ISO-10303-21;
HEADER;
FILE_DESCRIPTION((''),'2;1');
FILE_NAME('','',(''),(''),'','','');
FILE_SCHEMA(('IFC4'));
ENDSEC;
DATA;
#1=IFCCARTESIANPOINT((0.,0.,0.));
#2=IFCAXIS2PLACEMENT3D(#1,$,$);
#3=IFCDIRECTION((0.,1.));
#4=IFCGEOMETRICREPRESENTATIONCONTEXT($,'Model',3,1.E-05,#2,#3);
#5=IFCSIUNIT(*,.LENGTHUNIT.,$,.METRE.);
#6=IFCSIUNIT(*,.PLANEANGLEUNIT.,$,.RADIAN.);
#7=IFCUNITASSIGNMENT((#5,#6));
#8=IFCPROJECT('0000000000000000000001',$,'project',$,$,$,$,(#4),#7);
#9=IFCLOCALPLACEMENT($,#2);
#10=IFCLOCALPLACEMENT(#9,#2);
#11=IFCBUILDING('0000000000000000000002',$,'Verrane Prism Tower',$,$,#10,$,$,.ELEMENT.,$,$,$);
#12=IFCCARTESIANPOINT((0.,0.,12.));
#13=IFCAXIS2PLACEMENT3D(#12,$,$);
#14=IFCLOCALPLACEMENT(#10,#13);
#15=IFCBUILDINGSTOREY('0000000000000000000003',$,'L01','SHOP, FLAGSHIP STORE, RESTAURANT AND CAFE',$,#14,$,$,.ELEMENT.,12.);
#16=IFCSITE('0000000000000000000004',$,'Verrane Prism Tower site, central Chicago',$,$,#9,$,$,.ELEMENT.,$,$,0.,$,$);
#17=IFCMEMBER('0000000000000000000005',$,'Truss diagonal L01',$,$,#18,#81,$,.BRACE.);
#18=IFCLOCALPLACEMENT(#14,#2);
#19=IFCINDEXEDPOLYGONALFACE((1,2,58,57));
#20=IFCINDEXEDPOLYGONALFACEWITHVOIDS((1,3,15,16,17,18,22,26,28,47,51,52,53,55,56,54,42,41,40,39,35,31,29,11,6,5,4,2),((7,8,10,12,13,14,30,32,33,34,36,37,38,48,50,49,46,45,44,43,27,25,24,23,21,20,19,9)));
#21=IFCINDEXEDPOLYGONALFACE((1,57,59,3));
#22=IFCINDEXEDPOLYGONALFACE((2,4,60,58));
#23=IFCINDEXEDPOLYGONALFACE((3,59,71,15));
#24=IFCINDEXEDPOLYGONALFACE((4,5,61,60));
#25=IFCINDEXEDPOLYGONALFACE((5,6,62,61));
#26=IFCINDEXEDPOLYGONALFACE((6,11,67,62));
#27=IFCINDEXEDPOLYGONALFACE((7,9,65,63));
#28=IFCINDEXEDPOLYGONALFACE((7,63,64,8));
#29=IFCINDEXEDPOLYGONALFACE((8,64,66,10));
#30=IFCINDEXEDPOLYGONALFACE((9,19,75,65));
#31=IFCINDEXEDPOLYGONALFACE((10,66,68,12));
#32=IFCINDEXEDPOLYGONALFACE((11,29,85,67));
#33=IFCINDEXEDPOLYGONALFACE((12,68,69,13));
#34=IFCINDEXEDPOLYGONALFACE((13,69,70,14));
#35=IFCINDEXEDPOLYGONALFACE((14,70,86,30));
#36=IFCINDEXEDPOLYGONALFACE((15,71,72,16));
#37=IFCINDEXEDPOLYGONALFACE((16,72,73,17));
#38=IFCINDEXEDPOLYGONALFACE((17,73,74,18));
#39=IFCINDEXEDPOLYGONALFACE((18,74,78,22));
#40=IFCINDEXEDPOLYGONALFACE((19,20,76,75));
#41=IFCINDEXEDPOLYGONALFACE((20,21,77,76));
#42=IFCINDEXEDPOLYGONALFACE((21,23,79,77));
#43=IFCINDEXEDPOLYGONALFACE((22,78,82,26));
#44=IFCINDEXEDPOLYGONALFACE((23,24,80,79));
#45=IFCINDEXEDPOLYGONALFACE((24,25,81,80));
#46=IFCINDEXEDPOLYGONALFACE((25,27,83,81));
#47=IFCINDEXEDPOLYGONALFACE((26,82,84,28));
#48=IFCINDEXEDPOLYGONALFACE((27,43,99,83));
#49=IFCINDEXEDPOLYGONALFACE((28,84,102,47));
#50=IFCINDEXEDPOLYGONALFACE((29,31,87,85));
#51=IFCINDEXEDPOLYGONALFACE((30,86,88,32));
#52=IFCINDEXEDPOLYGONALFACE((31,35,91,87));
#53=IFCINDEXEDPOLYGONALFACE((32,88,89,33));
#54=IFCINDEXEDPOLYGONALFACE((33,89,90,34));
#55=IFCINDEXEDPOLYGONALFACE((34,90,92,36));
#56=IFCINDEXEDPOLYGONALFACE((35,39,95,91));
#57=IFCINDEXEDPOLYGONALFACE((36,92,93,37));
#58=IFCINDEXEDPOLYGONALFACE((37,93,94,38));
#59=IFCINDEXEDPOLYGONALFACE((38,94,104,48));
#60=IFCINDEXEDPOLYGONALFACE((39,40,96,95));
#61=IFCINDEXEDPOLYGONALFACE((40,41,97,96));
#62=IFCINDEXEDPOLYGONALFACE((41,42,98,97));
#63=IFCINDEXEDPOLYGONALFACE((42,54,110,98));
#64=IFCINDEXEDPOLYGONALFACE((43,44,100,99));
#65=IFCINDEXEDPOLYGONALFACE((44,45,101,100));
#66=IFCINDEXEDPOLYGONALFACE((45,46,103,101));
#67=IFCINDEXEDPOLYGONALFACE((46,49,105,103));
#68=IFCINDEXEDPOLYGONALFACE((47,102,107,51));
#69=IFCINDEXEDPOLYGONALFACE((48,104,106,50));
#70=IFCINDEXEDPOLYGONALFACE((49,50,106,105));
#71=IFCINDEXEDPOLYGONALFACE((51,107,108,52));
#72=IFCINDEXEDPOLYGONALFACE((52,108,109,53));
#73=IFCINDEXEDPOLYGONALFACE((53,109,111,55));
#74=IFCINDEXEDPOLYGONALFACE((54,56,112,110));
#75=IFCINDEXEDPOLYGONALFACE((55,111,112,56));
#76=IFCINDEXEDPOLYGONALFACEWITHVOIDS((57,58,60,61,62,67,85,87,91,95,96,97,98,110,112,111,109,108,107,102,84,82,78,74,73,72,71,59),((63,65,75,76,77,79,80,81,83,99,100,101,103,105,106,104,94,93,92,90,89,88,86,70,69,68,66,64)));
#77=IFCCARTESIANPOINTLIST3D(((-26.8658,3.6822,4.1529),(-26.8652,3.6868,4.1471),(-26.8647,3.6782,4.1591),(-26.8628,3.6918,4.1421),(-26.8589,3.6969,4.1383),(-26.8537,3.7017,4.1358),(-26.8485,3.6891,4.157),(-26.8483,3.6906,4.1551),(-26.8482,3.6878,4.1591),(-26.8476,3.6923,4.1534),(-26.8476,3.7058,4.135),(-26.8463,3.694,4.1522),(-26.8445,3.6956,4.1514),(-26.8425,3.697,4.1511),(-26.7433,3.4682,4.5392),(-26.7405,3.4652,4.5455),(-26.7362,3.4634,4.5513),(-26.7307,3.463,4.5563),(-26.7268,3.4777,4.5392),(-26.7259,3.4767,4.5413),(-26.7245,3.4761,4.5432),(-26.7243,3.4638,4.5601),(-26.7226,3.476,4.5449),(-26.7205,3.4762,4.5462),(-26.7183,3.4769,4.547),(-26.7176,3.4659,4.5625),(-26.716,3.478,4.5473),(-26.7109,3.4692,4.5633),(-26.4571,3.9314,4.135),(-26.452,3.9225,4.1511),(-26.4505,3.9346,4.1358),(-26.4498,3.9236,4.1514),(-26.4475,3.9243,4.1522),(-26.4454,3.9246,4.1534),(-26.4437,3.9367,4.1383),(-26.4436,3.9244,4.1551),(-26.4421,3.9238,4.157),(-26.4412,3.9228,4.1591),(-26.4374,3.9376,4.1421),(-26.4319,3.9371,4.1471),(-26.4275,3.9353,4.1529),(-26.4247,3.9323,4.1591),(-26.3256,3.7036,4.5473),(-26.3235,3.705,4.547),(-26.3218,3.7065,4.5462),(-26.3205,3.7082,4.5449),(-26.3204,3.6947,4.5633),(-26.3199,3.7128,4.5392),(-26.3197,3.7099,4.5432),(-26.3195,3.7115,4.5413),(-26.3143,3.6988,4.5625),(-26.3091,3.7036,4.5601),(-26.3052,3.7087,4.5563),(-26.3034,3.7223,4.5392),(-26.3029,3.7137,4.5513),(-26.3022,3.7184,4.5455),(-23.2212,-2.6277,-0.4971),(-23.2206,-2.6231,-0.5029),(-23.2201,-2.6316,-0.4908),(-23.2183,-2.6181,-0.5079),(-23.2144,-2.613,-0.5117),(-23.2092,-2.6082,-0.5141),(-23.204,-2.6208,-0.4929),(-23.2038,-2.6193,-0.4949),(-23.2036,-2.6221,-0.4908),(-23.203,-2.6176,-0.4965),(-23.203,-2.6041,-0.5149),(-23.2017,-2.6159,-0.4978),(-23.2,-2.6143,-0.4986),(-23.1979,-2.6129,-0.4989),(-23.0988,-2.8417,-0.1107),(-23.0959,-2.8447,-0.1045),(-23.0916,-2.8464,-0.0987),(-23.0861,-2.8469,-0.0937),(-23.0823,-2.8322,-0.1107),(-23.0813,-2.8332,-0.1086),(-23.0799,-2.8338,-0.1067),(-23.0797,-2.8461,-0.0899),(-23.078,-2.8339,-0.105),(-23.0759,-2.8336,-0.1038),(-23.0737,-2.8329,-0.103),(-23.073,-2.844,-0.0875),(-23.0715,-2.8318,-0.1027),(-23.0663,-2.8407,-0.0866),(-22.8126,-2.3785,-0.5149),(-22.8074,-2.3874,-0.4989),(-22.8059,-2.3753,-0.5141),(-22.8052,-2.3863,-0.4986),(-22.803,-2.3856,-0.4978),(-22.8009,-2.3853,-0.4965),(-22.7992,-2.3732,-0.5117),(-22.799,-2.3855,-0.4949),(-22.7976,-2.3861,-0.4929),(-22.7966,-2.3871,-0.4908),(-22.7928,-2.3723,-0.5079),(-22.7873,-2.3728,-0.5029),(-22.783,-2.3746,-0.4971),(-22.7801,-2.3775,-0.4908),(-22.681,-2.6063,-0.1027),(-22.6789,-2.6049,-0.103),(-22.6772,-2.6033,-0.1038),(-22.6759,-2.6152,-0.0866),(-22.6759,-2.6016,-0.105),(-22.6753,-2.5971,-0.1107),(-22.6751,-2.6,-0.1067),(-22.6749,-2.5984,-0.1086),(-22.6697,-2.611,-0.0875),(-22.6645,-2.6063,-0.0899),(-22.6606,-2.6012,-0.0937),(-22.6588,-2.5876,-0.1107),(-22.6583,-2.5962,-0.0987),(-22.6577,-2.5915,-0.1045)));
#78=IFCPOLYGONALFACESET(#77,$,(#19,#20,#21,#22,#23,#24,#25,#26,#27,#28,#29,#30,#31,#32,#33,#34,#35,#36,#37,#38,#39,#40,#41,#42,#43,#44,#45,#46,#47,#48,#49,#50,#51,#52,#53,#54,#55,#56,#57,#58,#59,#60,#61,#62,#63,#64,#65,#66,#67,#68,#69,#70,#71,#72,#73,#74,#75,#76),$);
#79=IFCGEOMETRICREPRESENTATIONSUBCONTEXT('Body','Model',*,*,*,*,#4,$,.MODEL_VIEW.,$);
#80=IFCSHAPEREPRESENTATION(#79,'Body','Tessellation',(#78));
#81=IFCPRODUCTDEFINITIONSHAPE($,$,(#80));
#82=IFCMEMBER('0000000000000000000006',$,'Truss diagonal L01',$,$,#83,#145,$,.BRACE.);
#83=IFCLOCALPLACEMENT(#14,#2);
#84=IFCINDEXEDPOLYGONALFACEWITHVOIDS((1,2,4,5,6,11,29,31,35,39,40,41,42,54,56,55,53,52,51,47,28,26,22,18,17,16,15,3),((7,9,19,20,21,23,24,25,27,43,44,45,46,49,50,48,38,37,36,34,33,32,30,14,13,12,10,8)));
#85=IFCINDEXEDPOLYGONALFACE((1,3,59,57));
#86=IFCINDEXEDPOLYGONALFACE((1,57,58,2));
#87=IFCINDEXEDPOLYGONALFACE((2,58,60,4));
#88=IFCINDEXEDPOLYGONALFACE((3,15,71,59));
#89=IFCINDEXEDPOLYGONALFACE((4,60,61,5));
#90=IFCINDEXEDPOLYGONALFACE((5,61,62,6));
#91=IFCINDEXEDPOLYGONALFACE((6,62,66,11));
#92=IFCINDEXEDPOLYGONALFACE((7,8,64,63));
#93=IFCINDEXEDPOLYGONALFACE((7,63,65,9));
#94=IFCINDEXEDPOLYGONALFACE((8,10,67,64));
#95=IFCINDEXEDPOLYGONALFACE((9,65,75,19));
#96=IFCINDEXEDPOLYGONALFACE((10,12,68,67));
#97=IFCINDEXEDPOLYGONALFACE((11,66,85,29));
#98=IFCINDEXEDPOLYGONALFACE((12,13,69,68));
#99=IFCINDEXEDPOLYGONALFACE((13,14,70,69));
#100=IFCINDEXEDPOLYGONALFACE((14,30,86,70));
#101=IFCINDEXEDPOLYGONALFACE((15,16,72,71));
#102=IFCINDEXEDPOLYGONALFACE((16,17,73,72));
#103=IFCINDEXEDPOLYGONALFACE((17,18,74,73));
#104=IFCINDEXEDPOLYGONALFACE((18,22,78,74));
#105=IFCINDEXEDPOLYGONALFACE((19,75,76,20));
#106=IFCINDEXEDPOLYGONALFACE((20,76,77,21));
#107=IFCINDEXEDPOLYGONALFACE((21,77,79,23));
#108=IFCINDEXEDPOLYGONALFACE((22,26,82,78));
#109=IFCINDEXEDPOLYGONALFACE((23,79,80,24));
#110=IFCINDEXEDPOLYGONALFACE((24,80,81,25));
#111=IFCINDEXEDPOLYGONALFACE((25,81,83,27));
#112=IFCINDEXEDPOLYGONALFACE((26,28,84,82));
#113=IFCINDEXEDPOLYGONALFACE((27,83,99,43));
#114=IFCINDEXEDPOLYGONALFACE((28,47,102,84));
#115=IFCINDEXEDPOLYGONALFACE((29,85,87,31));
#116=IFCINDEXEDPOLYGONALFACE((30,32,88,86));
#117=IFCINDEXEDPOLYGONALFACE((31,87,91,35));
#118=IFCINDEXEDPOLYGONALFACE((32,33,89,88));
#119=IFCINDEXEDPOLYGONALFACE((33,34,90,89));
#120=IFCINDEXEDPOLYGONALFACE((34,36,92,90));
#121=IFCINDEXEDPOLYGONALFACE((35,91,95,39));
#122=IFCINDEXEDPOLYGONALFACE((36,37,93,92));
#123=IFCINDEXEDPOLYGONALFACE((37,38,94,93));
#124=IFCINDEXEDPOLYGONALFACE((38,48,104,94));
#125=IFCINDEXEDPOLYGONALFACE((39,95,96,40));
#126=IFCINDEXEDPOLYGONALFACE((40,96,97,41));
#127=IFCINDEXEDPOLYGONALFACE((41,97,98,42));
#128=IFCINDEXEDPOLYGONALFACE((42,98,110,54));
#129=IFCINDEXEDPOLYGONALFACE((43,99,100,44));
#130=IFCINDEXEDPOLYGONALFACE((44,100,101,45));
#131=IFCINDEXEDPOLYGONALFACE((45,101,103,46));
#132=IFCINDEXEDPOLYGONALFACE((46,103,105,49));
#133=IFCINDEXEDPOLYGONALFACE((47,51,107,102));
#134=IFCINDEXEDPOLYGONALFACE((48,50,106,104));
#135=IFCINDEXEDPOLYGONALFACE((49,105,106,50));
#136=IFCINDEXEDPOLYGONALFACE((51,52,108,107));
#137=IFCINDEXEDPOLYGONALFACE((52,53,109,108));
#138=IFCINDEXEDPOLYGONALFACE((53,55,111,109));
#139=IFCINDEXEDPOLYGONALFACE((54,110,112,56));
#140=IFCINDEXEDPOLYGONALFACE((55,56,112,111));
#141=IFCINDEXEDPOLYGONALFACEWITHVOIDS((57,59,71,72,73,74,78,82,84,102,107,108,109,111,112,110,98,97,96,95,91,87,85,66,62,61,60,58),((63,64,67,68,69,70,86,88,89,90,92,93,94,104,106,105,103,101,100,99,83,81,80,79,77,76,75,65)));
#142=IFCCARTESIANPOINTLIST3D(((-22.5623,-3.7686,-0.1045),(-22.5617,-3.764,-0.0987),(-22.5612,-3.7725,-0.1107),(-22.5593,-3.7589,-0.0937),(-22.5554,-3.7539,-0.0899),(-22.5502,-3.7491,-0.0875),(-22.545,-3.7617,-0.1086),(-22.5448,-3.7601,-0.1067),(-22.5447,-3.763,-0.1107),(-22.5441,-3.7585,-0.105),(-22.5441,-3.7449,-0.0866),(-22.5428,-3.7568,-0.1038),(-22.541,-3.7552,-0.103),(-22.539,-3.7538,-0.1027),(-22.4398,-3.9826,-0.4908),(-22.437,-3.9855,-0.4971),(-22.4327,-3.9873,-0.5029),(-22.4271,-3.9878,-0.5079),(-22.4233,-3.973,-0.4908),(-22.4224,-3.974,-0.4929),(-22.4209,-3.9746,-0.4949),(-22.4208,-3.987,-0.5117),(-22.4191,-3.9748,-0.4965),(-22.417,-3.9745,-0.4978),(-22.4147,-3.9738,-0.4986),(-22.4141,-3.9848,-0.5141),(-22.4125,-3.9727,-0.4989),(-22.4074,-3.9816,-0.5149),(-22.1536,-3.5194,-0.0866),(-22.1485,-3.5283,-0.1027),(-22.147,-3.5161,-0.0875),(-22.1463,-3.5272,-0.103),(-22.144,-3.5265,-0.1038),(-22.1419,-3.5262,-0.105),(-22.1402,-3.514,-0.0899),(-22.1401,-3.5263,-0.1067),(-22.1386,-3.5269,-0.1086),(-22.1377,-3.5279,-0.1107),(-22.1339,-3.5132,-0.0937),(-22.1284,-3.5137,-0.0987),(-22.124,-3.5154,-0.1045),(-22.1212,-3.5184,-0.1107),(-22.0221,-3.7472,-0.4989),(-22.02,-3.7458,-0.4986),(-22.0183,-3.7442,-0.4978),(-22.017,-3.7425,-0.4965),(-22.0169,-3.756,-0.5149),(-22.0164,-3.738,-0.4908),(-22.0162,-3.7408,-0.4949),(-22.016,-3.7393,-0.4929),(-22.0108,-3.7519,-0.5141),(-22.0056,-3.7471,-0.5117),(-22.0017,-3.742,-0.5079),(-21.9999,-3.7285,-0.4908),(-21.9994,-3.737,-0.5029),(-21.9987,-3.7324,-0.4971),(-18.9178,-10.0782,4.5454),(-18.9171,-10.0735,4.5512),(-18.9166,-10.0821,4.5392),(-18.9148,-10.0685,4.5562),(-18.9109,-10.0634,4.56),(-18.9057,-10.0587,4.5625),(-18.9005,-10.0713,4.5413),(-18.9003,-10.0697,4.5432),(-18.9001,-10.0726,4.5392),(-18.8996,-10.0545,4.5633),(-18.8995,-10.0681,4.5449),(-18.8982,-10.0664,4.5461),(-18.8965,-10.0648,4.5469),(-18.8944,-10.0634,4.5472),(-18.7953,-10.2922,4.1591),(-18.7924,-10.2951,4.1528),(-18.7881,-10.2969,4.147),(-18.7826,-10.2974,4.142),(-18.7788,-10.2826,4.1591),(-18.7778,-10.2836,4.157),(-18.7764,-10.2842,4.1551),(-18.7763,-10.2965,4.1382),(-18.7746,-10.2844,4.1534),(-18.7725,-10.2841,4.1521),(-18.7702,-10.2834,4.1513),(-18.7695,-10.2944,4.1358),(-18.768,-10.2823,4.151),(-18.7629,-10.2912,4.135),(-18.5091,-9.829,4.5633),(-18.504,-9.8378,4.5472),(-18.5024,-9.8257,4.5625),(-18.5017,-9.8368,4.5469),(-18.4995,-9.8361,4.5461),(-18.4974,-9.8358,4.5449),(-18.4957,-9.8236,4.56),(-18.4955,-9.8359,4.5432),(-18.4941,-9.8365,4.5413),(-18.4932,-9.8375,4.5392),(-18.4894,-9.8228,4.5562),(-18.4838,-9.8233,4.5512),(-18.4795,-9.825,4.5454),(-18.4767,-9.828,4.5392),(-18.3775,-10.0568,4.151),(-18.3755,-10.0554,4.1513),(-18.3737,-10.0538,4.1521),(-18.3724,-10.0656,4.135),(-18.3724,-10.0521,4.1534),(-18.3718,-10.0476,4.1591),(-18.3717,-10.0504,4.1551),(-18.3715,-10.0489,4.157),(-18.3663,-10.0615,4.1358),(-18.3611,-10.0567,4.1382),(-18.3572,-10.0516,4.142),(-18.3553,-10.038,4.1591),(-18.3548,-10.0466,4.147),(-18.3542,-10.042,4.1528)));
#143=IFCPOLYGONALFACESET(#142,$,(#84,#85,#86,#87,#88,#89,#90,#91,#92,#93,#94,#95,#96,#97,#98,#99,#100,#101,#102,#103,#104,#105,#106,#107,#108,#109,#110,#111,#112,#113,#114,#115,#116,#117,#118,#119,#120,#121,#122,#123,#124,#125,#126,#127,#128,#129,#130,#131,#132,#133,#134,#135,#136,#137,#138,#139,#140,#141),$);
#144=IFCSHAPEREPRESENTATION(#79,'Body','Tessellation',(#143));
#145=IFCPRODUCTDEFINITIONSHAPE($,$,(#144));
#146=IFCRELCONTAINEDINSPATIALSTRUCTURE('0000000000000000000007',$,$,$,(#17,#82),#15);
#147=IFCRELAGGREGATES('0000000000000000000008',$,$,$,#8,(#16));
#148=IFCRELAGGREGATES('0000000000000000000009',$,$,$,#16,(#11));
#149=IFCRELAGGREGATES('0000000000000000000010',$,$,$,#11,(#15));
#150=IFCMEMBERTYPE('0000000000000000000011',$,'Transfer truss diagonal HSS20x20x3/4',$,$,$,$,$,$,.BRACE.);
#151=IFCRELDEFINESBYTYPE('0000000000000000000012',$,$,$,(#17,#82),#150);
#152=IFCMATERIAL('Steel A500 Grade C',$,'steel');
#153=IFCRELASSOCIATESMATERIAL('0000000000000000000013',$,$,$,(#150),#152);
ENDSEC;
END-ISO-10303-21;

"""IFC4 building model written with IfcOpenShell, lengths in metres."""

from ifc_helpers import new_model, si_unit, direction, frame, origin, origin_2d, place, context, subcontext, project, spatial, hollow_rectangle, extrude, material, material_profile, profile_set, type_object, element, save


model = new_model("IFC4")

# Units and contexts
model_context = context("Model", 3, precision=1e-05, world=origin(), true_north=direction((0.0, 1.0)))
body_context = subcontext(model_context, "Body", "Model", "MODEL_VIEW")
ifc_project = project(units=[si_unit("LENGTHUNIT", "METRE"), si_unit("PLANEANGLEUNIT", "RADIAN")], contexts=[model_context])

# Site, building, storey
site_placement = place(None, origin())
site = spatial("IfcSite", under=ifc_project, at=site_placement, Name="Verrane Prism Tower site, central Chicago", CompositionType="ELEMENT", RefElevation=0.0)
building_placement = place(site_placement, origin())
building = spatial("IfcBuilding", under=site, at=building_placement, Name="Verrane Prism Tower", CompositionType="ELEMENT")
storey_placement = place(building_placement, frame((0.0, 0.0, 12.0)))
storey = spatial("IfcBuildingStorey", under=building, at=storey_placement, Name="L01", Description="SHOP, FLAGSHIP STORE, RESTAURANT AND CAFE", CompositionType="ELEMENT", Elevation=12.0)

# Members
ifc_material_1 = material(Name="Steel A500 Grade C", Category="steel")
ifc_material_profile_1 = material_profile(ifc_material_1, hollow_rectangle(XDim=0.5081, YDim=0.5081, WallThickness=0.019, InnerFilletRadius=0.0095, OuterFilletRadius=0.0286, at=origin_2d()), Name="HSS20x20x3/4")
ifc_profile_set_1 = profile_set([ifc_material_profile_1], Name="Steel A500 Grade C")
member_type_1 = type_object("IfcMemberType", Name="Transfer truss diagonal HSS20x20x3/4", PredefinedType="BRACE", material=ifc_profile_set_1)
member_1_placement = place(storey_placement, frame((-22.9395, -2.6096, -0.3008), z_axis=(-0.421628, 0.729968, 0.537937), x_axis=(-0.865933, -0.50016, 0.0)))
element("IfcMember", 1, at=member_1_placement, inside=storey, type_object=member_type_1, Name="Truss diagonal L01", PredefinedType="BRACE", context=body_context, shape_type="SweptSolid", body=[
    extrude(hollow_rectangle(XDim=0.5081, YDim=0.5081, WallThickness=0.019, InnerFilletRadius=0.0095, OuterFilletRadius=0.0286, at=origin_2d()), origin(), (0.0, 0.0, 1.0), 8.644),
])
member_2_placement = place(storey_placement, frame((-22.2805, -3.7505, -0.3008), z_axis=(0.421636, -0.729955, 0.537948), x_axis=(0.865924, 0.500175, 0.0)))
element("IfcMember", 2, at=member_2_placement, inside=storey, type_object=member_type_1, Name="Truss diagonal L01", PredefinedType="BRACE", context=body_context, shape_type="SweptSolid", body=[
    extrude(hollow_rectangle(XDim=0.5081, YDim=0.5081, WallThickness=0.019, InnerFilletRadius=0.0095, OuterFilletRadius=0.0286, at=origin_2d()), origin(), (0.0, 0.0, 1.0), 8.6438),
])

save(model, "model.ifc")
